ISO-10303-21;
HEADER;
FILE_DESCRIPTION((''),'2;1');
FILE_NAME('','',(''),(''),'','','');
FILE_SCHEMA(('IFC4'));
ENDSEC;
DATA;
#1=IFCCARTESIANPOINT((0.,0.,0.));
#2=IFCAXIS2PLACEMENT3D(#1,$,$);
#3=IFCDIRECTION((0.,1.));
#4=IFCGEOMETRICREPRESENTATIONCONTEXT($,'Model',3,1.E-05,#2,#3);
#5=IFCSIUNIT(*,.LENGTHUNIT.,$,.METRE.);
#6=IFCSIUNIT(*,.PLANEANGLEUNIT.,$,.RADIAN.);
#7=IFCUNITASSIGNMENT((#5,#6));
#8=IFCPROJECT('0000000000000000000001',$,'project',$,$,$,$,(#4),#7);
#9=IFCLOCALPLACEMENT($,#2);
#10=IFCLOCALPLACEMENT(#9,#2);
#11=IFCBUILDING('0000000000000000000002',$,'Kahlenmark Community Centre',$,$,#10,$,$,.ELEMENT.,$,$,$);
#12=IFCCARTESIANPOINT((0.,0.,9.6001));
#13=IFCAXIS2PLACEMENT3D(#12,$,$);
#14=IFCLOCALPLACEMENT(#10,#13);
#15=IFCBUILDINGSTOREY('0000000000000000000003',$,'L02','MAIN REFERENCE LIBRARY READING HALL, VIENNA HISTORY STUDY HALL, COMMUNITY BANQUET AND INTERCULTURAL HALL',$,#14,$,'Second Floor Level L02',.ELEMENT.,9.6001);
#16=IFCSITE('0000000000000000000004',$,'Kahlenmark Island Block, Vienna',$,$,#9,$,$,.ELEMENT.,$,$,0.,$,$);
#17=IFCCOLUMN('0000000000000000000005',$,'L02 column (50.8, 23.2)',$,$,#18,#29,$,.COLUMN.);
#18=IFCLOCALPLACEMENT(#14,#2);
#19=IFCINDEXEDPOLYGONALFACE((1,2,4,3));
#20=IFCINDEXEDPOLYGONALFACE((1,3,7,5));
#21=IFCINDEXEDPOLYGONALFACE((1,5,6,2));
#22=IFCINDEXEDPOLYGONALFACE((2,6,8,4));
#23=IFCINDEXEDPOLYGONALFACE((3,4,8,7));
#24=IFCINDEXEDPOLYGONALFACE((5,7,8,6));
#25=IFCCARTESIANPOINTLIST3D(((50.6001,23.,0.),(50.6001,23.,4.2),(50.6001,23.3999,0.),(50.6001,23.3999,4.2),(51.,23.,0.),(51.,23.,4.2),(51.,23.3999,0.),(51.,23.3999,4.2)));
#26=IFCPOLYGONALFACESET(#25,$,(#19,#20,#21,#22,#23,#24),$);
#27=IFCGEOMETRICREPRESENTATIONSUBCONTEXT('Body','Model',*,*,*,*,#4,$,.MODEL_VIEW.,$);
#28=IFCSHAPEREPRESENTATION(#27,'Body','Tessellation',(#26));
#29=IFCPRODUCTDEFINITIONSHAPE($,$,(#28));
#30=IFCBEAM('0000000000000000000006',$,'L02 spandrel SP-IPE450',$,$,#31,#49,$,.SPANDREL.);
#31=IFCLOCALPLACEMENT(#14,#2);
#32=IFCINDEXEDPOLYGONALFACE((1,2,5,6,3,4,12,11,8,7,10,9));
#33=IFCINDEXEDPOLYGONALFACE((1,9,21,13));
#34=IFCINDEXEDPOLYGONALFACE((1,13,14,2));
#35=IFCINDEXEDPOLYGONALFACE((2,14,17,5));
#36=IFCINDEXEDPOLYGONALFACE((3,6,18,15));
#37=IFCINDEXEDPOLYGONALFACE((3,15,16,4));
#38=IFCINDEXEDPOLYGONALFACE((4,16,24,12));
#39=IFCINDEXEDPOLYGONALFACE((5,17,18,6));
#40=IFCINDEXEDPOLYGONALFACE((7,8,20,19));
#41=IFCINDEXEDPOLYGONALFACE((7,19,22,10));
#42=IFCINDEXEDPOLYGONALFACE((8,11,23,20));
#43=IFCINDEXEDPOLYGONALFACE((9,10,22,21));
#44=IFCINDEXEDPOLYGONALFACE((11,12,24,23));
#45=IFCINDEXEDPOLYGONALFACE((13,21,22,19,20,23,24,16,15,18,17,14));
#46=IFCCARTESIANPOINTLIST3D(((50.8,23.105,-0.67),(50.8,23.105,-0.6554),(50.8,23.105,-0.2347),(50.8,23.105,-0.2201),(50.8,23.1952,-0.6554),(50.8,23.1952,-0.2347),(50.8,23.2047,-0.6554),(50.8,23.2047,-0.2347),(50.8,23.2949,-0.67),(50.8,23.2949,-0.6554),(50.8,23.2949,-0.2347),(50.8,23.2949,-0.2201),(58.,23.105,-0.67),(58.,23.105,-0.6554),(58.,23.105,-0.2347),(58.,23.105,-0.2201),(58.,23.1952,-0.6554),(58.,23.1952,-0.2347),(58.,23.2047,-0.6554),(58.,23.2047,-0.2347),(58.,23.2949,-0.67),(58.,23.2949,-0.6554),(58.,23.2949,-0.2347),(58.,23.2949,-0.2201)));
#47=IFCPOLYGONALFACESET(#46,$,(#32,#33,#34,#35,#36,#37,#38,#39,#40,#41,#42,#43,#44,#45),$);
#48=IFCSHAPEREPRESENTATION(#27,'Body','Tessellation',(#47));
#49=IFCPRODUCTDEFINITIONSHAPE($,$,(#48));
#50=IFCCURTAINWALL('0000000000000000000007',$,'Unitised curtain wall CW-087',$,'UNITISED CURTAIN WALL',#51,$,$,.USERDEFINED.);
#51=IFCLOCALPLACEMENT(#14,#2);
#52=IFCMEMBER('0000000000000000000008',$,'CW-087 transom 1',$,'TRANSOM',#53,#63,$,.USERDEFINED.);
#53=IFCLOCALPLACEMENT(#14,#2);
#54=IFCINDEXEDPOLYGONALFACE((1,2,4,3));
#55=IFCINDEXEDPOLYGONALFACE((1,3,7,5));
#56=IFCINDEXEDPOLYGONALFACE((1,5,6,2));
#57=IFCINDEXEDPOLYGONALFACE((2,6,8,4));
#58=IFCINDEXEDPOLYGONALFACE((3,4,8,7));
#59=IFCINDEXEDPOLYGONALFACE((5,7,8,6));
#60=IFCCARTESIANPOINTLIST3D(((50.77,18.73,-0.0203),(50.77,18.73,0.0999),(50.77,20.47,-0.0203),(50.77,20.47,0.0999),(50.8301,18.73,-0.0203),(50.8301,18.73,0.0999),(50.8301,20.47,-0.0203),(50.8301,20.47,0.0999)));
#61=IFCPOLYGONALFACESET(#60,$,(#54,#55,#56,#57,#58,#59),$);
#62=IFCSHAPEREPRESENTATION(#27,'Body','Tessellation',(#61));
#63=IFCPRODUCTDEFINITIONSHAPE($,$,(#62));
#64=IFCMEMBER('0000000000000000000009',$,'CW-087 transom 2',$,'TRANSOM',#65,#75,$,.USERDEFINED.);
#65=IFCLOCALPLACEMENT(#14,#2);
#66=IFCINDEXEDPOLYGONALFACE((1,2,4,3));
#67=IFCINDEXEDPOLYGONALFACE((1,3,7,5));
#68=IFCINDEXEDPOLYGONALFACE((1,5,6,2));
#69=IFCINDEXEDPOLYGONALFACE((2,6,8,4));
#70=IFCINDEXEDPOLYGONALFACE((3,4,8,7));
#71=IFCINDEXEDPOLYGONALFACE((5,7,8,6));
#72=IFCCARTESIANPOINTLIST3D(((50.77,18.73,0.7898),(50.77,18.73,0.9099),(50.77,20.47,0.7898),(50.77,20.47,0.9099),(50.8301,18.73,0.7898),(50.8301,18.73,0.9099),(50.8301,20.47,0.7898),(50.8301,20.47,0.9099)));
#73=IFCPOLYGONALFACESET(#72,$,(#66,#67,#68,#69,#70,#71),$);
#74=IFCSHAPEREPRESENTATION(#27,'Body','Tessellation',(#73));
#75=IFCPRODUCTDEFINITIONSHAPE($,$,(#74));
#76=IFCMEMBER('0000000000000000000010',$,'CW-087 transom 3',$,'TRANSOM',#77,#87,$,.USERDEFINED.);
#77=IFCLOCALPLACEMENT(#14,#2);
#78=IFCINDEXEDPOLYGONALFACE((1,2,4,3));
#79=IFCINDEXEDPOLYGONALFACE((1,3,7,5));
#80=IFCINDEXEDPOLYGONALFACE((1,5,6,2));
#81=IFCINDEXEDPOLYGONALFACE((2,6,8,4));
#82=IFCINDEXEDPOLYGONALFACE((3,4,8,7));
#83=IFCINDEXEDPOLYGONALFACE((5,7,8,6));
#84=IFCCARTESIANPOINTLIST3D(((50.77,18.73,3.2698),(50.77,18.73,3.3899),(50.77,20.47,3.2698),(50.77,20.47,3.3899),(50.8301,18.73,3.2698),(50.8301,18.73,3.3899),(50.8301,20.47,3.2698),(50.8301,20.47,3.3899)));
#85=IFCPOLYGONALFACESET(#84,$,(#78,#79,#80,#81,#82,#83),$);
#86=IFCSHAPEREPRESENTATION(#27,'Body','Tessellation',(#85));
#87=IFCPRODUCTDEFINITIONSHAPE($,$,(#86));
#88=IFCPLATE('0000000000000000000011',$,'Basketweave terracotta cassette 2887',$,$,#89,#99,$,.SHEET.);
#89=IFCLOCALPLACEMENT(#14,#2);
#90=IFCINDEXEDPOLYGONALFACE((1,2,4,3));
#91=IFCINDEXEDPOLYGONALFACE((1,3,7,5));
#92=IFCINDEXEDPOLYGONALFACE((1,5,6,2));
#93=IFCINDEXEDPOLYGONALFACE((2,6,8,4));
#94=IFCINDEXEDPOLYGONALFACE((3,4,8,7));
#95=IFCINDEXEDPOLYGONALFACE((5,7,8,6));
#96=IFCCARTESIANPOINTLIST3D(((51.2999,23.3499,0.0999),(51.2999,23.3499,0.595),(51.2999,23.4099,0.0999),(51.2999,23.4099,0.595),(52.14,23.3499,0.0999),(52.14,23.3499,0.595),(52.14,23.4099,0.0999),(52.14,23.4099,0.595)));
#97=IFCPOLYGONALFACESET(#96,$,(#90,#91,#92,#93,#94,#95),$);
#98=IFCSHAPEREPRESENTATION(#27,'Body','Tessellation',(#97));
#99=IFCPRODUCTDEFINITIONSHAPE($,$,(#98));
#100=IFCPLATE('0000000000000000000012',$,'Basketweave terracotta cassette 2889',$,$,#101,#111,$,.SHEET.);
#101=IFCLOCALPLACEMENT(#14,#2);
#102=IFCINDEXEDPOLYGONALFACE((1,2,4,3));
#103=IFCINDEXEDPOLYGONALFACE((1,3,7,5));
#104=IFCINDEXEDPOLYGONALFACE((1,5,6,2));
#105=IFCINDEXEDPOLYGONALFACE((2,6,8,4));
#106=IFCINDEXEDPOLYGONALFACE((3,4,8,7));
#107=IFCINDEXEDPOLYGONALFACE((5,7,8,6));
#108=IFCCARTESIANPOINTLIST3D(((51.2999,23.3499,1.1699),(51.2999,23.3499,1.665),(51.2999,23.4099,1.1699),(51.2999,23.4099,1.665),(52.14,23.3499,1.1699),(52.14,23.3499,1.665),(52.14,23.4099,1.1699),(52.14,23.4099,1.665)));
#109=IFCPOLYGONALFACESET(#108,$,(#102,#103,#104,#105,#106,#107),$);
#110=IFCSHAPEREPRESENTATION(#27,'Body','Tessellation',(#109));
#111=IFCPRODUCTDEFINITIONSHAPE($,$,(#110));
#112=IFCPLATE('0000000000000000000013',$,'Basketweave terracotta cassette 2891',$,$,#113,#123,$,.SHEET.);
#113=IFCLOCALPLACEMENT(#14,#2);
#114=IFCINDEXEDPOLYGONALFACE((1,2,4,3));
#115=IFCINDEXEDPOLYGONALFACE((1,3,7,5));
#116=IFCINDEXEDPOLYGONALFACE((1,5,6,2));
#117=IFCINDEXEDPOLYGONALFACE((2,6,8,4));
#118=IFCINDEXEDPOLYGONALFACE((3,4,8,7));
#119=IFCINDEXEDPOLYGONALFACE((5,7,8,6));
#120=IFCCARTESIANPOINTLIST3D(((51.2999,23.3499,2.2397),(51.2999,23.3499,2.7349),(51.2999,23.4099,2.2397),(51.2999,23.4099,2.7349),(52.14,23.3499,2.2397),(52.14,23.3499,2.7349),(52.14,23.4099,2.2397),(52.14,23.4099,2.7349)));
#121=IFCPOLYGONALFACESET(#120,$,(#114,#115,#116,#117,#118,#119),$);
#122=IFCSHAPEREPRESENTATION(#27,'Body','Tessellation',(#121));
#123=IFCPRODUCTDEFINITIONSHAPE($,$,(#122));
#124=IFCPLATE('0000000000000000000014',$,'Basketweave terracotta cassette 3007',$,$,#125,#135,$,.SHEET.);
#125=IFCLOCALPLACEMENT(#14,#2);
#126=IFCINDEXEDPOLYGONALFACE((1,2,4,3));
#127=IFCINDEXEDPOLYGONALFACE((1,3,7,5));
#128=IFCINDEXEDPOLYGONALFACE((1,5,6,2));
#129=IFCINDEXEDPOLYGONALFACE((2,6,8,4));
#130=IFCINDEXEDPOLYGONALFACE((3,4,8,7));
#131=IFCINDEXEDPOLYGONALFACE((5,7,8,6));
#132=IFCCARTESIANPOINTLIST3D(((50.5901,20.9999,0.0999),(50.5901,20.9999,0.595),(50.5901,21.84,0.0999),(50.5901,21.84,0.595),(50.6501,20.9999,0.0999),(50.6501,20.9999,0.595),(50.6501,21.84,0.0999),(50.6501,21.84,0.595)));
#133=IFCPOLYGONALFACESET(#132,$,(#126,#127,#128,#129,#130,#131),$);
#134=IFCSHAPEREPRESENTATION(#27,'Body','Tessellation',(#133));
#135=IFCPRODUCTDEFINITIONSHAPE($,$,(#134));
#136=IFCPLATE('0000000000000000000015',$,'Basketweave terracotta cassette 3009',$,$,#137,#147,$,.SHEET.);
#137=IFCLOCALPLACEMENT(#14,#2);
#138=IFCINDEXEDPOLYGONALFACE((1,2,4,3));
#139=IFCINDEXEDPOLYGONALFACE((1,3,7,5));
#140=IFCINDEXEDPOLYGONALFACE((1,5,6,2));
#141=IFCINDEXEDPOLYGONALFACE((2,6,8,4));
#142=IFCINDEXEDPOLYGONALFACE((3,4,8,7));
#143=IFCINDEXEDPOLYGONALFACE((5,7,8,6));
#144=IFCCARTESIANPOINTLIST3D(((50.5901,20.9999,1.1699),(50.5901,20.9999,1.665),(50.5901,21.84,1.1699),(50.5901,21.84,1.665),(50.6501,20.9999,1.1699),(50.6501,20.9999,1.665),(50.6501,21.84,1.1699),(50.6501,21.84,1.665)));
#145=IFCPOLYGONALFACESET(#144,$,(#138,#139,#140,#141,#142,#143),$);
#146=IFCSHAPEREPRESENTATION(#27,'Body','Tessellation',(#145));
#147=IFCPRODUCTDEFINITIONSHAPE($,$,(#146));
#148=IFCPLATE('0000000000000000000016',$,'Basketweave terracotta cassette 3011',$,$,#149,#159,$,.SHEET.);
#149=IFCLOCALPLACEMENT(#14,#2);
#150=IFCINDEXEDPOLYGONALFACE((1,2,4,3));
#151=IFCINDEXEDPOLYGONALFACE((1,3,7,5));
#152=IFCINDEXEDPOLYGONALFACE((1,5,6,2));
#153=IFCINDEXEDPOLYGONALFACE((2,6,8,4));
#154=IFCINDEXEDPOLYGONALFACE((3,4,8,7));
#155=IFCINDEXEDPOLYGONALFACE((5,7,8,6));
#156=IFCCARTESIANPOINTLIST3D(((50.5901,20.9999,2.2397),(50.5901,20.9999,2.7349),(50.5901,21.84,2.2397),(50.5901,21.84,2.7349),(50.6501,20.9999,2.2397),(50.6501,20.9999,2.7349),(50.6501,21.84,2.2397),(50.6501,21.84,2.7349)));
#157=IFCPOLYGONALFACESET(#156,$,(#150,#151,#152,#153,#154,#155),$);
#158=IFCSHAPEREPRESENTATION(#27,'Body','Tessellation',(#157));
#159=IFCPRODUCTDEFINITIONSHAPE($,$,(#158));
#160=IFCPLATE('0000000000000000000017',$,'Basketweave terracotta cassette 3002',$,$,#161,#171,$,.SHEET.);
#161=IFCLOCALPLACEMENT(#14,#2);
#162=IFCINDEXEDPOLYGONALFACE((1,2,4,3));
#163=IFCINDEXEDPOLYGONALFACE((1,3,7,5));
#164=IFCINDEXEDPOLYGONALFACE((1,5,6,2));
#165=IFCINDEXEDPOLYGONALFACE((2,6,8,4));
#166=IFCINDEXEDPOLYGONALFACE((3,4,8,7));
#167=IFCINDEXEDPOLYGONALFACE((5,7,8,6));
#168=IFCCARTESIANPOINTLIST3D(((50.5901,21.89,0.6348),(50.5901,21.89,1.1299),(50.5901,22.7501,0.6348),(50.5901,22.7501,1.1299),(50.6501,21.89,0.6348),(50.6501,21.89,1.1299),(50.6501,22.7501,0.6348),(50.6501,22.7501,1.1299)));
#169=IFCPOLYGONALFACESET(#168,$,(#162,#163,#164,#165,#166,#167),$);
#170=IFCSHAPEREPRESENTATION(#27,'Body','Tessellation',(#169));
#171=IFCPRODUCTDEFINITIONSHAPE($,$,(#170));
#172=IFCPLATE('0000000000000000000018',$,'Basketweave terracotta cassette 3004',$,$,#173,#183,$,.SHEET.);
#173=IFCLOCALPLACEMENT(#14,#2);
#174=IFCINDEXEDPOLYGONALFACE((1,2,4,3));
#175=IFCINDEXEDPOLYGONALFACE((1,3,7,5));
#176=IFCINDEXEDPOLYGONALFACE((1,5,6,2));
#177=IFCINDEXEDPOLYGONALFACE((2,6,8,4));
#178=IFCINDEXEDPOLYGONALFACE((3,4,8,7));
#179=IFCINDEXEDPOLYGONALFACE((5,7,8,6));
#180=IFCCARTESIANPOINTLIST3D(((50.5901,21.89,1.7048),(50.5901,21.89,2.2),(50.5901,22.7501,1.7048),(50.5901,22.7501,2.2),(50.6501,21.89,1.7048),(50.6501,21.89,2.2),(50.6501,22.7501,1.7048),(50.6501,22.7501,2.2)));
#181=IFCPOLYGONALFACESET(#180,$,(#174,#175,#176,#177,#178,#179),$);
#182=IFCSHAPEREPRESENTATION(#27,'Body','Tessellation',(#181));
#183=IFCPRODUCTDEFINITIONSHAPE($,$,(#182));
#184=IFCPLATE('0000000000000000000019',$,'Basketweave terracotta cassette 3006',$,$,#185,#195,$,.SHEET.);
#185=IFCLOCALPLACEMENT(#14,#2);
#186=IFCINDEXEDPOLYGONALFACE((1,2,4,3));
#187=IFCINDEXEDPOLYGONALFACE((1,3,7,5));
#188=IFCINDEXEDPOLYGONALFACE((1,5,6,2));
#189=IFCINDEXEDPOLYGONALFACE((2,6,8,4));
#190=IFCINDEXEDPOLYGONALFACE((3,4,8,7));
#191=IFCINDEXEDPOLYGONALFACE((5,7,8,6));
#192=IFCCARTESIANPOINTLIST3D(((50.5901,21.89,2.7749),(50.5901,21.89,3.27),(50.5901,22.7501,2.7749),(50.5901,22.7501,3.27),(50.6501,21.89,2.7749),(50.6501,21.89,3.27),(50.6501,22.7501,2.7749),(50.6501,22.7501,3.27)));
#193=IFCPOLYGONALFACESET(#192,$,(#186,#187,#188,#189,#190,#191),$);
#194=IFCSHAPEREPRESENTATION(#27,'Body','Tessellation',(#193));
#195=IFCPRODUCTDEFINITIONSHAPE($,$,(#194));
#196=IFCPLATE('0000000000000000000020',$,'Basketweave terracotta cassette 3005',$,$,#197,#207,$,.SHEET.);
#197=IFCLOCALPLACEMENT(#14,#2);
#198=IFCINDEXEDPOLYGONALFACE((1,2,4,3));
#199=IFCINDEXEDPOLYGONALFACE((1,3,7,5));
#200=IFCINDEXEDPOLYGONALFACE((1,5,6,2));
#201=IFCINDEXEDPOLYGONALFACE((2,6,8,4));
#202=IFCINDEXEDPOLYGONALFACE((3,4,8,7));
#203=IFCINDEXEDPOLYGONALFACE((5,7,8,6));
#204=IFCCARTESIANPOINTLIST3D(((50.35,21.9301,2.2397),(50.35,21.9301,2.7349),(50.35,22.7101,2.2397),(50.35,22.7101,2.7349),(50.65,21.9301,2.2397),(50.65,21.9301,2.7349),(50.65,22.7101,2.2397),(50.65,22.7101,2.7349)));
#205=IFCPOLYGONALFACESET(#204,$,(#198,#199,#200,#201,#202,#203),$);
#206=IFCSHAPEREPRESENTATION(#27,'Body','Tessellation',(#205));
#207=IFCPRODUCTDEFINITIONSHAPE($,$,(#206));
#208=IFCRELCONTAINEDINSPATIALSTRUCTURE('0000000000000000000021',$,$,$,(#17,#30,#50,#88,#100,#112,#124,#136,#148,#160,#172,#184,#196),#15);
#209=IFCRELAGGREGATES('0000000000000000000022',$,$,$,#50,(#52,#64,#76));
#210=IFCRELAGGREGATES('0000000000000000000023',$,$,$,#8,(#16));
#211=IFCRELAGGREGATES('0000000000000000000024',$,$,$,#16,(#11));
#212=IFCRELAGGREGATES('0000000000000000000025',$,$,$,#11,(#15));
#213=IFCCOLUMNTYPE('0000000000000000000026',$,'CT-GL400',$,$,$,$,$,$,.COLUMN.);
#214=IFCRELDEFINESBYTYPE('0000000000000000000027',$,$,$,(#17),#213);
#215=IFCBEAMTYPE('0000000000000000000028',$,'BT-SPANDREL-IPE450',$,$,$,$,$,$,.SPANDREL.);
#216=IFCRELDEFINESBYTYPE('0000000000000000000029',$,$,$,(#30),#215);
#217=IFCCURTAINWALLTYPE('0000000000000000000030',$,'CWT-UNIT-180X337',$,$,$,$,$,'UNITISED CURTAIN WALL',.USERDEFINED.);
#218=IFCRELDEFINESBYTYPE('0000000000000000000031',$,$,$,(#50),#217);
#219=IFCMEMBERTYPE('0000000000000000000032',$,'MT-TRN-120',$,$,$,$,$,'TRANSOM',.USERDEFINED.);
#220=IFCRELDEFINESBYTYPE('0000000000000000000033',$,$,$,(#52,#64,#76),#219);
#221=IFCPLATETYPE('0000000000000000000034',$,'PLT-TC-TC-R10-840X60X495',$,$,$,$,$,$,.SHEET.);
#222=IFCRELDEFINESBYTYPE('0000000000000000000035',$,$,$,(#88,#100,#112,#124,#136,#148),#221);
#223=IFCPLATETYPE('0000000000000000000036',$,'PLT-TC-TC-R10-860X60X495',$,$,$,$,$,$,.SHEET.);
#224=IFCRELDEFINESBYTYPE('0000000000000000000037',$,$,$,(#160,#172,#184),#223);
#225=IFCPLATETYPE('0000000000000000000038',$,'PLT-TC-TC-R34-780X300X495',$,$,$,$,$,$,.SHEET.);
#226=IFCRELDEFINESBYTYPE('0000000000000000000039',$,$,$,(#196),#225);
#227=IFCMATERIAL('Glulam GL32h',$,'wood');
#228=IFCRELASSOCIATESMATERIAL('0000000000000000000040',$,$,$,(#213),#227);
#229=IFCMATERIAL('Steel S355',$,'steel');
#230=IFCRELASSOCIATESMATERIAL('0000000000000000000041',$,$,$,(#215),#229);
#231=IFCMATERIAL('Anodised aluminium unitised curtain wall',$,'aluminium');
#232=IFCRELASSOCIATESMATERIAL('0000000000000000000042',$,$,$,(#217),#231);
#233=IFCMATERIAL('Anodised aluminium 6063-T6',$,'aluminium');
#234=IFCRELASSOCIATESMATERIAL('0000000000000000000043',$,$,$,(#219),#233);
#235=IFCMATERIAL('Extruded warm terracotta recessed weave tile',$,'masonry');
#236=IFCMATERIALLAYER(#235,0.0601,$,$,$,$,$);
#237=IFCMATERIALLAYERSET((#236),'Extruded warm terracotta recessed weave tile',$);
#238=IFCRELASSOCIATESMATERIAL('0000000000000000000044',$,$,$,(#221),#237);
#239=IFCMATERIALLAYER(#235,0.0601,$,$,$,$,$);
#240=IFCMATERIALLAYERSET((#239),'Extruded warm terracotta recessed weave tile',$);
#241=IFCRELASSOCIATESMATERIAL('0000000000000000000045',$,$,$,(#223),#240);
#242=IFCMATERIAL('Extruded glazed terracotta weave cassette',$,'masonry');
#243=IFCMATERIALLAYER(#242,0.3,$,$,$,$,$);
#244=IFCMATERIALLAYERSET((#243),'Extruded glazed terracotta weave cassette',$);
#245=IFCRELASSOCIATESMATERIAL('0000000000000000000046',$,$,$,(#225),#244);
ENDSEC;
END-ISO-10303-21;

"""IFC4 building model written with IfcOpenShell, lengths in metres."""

from ifc_helpers import new_model, si_unit, direction, frame, origin, origin_2d, place, context, subcontext, project, spatial, rectangle, i_section, extrude, material, layer, layer_set, material_profile, profile_set, type_object, element, aggregate, save


model = new_model("IFC4")

# Units and contexts
model_context = context("Model", 3, precision=1e-05, world=origin(), true_north=direction((0.0, 1.0)))
body_context = subcontext(model_context, "Body", "Model", "MODEL_VIEW")
ifc_project = project(units=[si_unit("LENGTHUNIT", "METRE"), si_unit("PLANEANGLEUNIT", "RADIAN")], contexts=[model_context])

# Site, building, storey
site_placement = place(None, origin())
site = spatial("IfcSite", under=ifc_project, at=site_placement, Name="Kahlenmark Island Block, Vienna", CompositionType="ELEMENT", RefElevation=0.0)
building_placement = place(site_placement, origin())
building = spatial("IfcBuilding", under=site, at=building_placement, Name="Kahlenmark Community Centre", CompositionType="ELEMENT")
storey_placement = place(building_placement, frame((0.0, 0.0, 9.6001)))
storey = spatial("IfcBuildingStorey", under=building, at=storey_placement, Name="L02", Description="MAIN REFERENCE LIBRARY READING HALL, VIENNA HISTORY STUDY HALL, COMMUNITY BANQUET AND INTERCULTURAL HALL", LongName="Second Floor Level L02", CompositionType="ELEMENT", Elevation=9.6001)

# Column
ifc_material_1 = material(Name="Glulam GL32h", Category="wood")
ifc_material_profile_1 = material_profile(ifc_material_1, rectangle(XDim=0.3999, YDim=0.3999, at=origin_2d()), Name="GL32h 400x400")
ifc_profile_set_1 = profile_set([ifc_material_profile_1], Name="Glulam GL32h")
column_type = type_object("IfcColumnType", Name="CT-GL400", PredefinedType="COLUMN", material=ifc_profile_set_1)
column_placement = place(storey_placement, frame((50.8, 23.2, 0.0), z_axis=(0.0, 0.0, 1.0), x_axis=(1.0, 0.0, 0.0)))
element("IfcColumn", 1, at=column_placement, inside=storey, type_object=column_type, Name="L02 column (50.8, 23.2)", PredefinedType="COLUMN", context=body_context, shape_type="SweptSolid", body=[
    extrude(rectangle(XDim=0.3999, YDim=0.3999, at=origin_2d()), origin(), (0.0, 0.0, 1.0), 4.2),
])

# Beam
ifc_material_2 = material(Name="Steel S355", Category="steel")
ifc_material_profile_2 = material_profile(ifc_material_2, i_section(OverallWidth=0.1899, OverallDepth=0.45, WebThickness=0.0095, FlangeThickness=0.0146, at=origin_2d()), Name="IPE 450")
ifc_profile_set_2 = profile_set([ifc_material_profile_2], Name="Steel S355")
beam_type = type_object("IfcBeamType", Name="BT-SPANDREL-IPE450", PredefinedType="SPANDREL", material=ifc_profile_set_2)
beam_placement = place(storey_placement, frame((50.8, 23.2, -0.4451), z_axis=(1.0, 0.0, 0.0), x_axis=(0.0, 1.0, 0.0)))
element("IfcBeam", 2, at=beam_placement, inside=storey, type_object=beam_type, Name="L02 spandrel SP-IPE450", PredefinedType="SPANDREL", context=body_context, shape_type="SweptSolid", body=[
    extrude(i_section(OverallWidth=0.1899, OverallDepth=0.45, WebThickness=0.0095, FlangeThickness=0.0146, at=origin_2d()), origin(), (0.0, 0.0, 1.0), 7.2),
])

# Curtain wall, members
ifc_material_3 = material(Name="Anodised aluminium unitised curtain wall", Category="aluminium")
curtain_wall_type = type_object("IfcCurtainWallType", Name="CWT-UNIT-180X337", ElementType="UNITISED CURTAIN WALL", PredefinedType="USERDEFINED", material=ifc_material_3)
curtain_wall_placement = place(storey_placement, origin())
curtain_wall = element("IfcCurtainWall", 3, at=curtain_wall_placement, inside=storey, type_object=curtain_wall_type, Name="Unitised curtain wall CW-087", ObjectType="UNITISED CURTAIN WALL", PredefinedType="USERDEFINED")
ifc_material_4 = material(Name="Anodised aluminium 6063-T6", Category="aluminium")
ifc_material_profile_3 = material_profile(ifc_material_4, rectangle(XDim=0.0601, YDim=0.1201, at=origin_2d()), Name="ALU TRANSOM 60x120")
ifc_profile_set_3 = profile_set([ifc_material_profile_3], Name="Anodised aluminium 6063-T6")
member_type = type_object("IfcMemberType", Name="MT-TRN-120", ElementType="TRANSOM", PredefinedType="USERDEFINED", material=ifc_profile_set_3)
member_1_placement = place(storey_placement, frame((50.8, 20.47, 0.0398), z_axis=(0.0, -1.0, 0.0), x_axis=(1.0, 0.0, 0.0)))
member_1 = element("IfcMember", 4, at=member_1_placement, type_object=member_type, Name="CW-087 transom 1", ObjectType="TRANSOM", PredefinedType="USERDEFINED", context=body_context, shape_type="SweptSolid", body=[
    extrude(rectangle(XDim=0.0601, YDim=0.1201, at=origin_2d()), origin(), (0.0, 0.0, 1.0), 1.74),
])
member_2_placement = place(storey_placement, frame((50.8, 20.47, 0.8499), z_axis=(0.0, -1.0, 0.0), x_axis=(1.0, 0.0, 0.0)))
member_2 = element("IfcMember", 5, at=member_2_placement, type_object=member_type, Name="CW-087 transom 2", ObjectType="TRANSOM", PredefinedType="USERDEFINED", context=body_context, shape_type="SweptSolid", body=[
    extrude(rectangle(XDim=0.0601, YDim=0.1201, at=origin_2d()), origin(), (0.0, 0.0, 1.0), 1.74),
])
member_3_placement = place(storey_placement, frame((50.8, 20.47, 3.3298), z_axis=(0.0, -1.0, 0.0), x_axis=(1.0, 0.0, 0.0)))
member_3 = element("IfcMember", 6, at=member_3_placement, type_object=member_type, Name="CW-087 transom 3", ObjectType="TRANSOM", PredefinedType="USERDEFINED", context=body_context, shape_type="SweptSolid", body=[
    extrude(rectangle(XDim=0.0601, YDim=0.1201, at=origin_2d()), origin(), (0.0, 0.0, 1.0), 1.74),
])
aggregate(curtain_wall, [member_1, member_2, member_3])

# Plates
ifc_material_5 = material(Name="Extruded warm terracotta recessed weave tile", Category="masonry")
ifc_layer_1 = layer(ifc_material_5, 0.0601)
ifc_layer_set_1 = layer_set([ifc_layer_1], Name="Extruded warm terracotta recessed weave tile")
plate_type_1 = type_object("IfcPlateType", Name="PLT-TC-TC-R10-840X60X495", PredefinedType="SHEET", material=ifc_layer_set_1)
for number, where, z_axis, x_axis, name in (
    (7, (51.72, 23.3799, 0.0999), (0.0, 0.0, 1.0), (-1.0, 0.0, 0.0), "Basketweave terracotta cassette 2887"),
    (8, (51.72, 23.3799, 1.1699), (0.0, 0.0, 1.0), (-1.0, 0.0, 0.0), "Basketweave terracotta cassette 2889"),
    (9, (51.72, 23.3799, 2.2397), (0.0, 0.0, 1.0), (-1.0, 0.0, 0.0), "Basketweave terracotta cassette 2891"),
    (10, (50.6201, 21.4199, 0.0999), (0.0, 0.0, 1.0), (0.0, -1.0, 0.0), "Basketweave terracotta cassette 3007"),
    (11, (50.6201, 21.4199, 1.1699), (0.0, 0.0, 1.0), (0.0, -1.0, 0.0), "Basketweave terracotta cassette 3009"),
    (12, (50.6201, 21.4199, 2.2397), (0.0, 0.0, 1.0), (0.0, -1.0, 0.0), "Basketweave terracotta cassette 3011"),
):
    element("IfcPlate", number, at=place(storey_placement, frame(where, z_axis=z_axis, x_axis=x_axis)), inside=storey, type_object=plate_type_1, Name=name, PredefinedType="SHEET", context=body_context, shape_type="SweptSolid", body=[
        extrude(rectangle(XDim=0.8401, YDim=0.0601, at=origin_2d()), origin(), (0.0, 0.0, 1.0), 0.4951),
    ])
ifc_layer_2 = layer(ifc_material_5, 0.0601)
ifc_layer_set_2 = layer_set([ifc_layer_2], Name="Extruded warm terracotta recessed weave tile")
plate_type_2 = type_object("IfcPlateType", Name="PLT-TC-TC-R10-860X60X495", PredefinedType="SHEET", material=ifc_layer_set_2)
for number, where, z_axis, x_axis, name in (
    (13, (50.6201, 22.3201, 0.6348), (0.0, 0.0, 1.0), (0.0, -1.0, 0.0), "Basketweave terracotta cassette 3002"),
    (14, (50.6201, 22.3201, 1.7048), (0.0, 0.0, 1.0), (0.0, -1.0, 0.0), "Basketweave terracotta cassette 3004"),
    (15, (50.6201, 22.3201, 2.7749), (0.0, 0.0, 1.0), (0.0, -1.0, 0.0), "Basketweave terracotta cassette 3006"),
):
    element("IfcPlate", number, at=place(storey_placement, frame(where, z_axis=z_axis, x_axis=x_axis)), inside=storey, type_object=plate_type_2, Name=name, PredefinedType="SHEET", context=body_context, shape_type="SweptSolid", body=[
        extrude(rectangle(XDim=0.8601, YDim=0.0601, at=origin_2d()), origin(), (0.0, 0.0, 1.0), 0.4951),
    ])
ifc_material_6 = material(Name="Extruded glazed terracotta weave cassette", Category="masonry")
ifc_layer_3 = layer(ifc_material_6, 0.3)
ifc_layer_set_3 = layer_set([ifc_layer_3], Name="Extruded glazed terracotta weave cassette")
plate_type_3 = type_object("IfcPlateType", Name="PLT-TC-TC-R34-780X300X495", PredefinedType="SHEET", material=ifc_layer_set_3)
plate_1_placement = place(storey_placement, frame((50.5, 22.3201, 2.2397), z_axis=(0.0, 0.0, 1.0), x_axis=(0.0, -1.0, 0.0)))
element("IfcPlate", 16, at=plate_1_placement, inside=storey, type_object=plate_type_3, Name="Basketweave terracotta cassette 3005", PredefinedType="SHEET", context=body_context, shape_type="SweptSolid", body=[
    extrude(rectangle(XDim=0.78, YDim=0.3, at=origin_2d()), origin(), (0.0, 0.0, 1.0), 0.4951),
])

save(model, "model.ifc")
